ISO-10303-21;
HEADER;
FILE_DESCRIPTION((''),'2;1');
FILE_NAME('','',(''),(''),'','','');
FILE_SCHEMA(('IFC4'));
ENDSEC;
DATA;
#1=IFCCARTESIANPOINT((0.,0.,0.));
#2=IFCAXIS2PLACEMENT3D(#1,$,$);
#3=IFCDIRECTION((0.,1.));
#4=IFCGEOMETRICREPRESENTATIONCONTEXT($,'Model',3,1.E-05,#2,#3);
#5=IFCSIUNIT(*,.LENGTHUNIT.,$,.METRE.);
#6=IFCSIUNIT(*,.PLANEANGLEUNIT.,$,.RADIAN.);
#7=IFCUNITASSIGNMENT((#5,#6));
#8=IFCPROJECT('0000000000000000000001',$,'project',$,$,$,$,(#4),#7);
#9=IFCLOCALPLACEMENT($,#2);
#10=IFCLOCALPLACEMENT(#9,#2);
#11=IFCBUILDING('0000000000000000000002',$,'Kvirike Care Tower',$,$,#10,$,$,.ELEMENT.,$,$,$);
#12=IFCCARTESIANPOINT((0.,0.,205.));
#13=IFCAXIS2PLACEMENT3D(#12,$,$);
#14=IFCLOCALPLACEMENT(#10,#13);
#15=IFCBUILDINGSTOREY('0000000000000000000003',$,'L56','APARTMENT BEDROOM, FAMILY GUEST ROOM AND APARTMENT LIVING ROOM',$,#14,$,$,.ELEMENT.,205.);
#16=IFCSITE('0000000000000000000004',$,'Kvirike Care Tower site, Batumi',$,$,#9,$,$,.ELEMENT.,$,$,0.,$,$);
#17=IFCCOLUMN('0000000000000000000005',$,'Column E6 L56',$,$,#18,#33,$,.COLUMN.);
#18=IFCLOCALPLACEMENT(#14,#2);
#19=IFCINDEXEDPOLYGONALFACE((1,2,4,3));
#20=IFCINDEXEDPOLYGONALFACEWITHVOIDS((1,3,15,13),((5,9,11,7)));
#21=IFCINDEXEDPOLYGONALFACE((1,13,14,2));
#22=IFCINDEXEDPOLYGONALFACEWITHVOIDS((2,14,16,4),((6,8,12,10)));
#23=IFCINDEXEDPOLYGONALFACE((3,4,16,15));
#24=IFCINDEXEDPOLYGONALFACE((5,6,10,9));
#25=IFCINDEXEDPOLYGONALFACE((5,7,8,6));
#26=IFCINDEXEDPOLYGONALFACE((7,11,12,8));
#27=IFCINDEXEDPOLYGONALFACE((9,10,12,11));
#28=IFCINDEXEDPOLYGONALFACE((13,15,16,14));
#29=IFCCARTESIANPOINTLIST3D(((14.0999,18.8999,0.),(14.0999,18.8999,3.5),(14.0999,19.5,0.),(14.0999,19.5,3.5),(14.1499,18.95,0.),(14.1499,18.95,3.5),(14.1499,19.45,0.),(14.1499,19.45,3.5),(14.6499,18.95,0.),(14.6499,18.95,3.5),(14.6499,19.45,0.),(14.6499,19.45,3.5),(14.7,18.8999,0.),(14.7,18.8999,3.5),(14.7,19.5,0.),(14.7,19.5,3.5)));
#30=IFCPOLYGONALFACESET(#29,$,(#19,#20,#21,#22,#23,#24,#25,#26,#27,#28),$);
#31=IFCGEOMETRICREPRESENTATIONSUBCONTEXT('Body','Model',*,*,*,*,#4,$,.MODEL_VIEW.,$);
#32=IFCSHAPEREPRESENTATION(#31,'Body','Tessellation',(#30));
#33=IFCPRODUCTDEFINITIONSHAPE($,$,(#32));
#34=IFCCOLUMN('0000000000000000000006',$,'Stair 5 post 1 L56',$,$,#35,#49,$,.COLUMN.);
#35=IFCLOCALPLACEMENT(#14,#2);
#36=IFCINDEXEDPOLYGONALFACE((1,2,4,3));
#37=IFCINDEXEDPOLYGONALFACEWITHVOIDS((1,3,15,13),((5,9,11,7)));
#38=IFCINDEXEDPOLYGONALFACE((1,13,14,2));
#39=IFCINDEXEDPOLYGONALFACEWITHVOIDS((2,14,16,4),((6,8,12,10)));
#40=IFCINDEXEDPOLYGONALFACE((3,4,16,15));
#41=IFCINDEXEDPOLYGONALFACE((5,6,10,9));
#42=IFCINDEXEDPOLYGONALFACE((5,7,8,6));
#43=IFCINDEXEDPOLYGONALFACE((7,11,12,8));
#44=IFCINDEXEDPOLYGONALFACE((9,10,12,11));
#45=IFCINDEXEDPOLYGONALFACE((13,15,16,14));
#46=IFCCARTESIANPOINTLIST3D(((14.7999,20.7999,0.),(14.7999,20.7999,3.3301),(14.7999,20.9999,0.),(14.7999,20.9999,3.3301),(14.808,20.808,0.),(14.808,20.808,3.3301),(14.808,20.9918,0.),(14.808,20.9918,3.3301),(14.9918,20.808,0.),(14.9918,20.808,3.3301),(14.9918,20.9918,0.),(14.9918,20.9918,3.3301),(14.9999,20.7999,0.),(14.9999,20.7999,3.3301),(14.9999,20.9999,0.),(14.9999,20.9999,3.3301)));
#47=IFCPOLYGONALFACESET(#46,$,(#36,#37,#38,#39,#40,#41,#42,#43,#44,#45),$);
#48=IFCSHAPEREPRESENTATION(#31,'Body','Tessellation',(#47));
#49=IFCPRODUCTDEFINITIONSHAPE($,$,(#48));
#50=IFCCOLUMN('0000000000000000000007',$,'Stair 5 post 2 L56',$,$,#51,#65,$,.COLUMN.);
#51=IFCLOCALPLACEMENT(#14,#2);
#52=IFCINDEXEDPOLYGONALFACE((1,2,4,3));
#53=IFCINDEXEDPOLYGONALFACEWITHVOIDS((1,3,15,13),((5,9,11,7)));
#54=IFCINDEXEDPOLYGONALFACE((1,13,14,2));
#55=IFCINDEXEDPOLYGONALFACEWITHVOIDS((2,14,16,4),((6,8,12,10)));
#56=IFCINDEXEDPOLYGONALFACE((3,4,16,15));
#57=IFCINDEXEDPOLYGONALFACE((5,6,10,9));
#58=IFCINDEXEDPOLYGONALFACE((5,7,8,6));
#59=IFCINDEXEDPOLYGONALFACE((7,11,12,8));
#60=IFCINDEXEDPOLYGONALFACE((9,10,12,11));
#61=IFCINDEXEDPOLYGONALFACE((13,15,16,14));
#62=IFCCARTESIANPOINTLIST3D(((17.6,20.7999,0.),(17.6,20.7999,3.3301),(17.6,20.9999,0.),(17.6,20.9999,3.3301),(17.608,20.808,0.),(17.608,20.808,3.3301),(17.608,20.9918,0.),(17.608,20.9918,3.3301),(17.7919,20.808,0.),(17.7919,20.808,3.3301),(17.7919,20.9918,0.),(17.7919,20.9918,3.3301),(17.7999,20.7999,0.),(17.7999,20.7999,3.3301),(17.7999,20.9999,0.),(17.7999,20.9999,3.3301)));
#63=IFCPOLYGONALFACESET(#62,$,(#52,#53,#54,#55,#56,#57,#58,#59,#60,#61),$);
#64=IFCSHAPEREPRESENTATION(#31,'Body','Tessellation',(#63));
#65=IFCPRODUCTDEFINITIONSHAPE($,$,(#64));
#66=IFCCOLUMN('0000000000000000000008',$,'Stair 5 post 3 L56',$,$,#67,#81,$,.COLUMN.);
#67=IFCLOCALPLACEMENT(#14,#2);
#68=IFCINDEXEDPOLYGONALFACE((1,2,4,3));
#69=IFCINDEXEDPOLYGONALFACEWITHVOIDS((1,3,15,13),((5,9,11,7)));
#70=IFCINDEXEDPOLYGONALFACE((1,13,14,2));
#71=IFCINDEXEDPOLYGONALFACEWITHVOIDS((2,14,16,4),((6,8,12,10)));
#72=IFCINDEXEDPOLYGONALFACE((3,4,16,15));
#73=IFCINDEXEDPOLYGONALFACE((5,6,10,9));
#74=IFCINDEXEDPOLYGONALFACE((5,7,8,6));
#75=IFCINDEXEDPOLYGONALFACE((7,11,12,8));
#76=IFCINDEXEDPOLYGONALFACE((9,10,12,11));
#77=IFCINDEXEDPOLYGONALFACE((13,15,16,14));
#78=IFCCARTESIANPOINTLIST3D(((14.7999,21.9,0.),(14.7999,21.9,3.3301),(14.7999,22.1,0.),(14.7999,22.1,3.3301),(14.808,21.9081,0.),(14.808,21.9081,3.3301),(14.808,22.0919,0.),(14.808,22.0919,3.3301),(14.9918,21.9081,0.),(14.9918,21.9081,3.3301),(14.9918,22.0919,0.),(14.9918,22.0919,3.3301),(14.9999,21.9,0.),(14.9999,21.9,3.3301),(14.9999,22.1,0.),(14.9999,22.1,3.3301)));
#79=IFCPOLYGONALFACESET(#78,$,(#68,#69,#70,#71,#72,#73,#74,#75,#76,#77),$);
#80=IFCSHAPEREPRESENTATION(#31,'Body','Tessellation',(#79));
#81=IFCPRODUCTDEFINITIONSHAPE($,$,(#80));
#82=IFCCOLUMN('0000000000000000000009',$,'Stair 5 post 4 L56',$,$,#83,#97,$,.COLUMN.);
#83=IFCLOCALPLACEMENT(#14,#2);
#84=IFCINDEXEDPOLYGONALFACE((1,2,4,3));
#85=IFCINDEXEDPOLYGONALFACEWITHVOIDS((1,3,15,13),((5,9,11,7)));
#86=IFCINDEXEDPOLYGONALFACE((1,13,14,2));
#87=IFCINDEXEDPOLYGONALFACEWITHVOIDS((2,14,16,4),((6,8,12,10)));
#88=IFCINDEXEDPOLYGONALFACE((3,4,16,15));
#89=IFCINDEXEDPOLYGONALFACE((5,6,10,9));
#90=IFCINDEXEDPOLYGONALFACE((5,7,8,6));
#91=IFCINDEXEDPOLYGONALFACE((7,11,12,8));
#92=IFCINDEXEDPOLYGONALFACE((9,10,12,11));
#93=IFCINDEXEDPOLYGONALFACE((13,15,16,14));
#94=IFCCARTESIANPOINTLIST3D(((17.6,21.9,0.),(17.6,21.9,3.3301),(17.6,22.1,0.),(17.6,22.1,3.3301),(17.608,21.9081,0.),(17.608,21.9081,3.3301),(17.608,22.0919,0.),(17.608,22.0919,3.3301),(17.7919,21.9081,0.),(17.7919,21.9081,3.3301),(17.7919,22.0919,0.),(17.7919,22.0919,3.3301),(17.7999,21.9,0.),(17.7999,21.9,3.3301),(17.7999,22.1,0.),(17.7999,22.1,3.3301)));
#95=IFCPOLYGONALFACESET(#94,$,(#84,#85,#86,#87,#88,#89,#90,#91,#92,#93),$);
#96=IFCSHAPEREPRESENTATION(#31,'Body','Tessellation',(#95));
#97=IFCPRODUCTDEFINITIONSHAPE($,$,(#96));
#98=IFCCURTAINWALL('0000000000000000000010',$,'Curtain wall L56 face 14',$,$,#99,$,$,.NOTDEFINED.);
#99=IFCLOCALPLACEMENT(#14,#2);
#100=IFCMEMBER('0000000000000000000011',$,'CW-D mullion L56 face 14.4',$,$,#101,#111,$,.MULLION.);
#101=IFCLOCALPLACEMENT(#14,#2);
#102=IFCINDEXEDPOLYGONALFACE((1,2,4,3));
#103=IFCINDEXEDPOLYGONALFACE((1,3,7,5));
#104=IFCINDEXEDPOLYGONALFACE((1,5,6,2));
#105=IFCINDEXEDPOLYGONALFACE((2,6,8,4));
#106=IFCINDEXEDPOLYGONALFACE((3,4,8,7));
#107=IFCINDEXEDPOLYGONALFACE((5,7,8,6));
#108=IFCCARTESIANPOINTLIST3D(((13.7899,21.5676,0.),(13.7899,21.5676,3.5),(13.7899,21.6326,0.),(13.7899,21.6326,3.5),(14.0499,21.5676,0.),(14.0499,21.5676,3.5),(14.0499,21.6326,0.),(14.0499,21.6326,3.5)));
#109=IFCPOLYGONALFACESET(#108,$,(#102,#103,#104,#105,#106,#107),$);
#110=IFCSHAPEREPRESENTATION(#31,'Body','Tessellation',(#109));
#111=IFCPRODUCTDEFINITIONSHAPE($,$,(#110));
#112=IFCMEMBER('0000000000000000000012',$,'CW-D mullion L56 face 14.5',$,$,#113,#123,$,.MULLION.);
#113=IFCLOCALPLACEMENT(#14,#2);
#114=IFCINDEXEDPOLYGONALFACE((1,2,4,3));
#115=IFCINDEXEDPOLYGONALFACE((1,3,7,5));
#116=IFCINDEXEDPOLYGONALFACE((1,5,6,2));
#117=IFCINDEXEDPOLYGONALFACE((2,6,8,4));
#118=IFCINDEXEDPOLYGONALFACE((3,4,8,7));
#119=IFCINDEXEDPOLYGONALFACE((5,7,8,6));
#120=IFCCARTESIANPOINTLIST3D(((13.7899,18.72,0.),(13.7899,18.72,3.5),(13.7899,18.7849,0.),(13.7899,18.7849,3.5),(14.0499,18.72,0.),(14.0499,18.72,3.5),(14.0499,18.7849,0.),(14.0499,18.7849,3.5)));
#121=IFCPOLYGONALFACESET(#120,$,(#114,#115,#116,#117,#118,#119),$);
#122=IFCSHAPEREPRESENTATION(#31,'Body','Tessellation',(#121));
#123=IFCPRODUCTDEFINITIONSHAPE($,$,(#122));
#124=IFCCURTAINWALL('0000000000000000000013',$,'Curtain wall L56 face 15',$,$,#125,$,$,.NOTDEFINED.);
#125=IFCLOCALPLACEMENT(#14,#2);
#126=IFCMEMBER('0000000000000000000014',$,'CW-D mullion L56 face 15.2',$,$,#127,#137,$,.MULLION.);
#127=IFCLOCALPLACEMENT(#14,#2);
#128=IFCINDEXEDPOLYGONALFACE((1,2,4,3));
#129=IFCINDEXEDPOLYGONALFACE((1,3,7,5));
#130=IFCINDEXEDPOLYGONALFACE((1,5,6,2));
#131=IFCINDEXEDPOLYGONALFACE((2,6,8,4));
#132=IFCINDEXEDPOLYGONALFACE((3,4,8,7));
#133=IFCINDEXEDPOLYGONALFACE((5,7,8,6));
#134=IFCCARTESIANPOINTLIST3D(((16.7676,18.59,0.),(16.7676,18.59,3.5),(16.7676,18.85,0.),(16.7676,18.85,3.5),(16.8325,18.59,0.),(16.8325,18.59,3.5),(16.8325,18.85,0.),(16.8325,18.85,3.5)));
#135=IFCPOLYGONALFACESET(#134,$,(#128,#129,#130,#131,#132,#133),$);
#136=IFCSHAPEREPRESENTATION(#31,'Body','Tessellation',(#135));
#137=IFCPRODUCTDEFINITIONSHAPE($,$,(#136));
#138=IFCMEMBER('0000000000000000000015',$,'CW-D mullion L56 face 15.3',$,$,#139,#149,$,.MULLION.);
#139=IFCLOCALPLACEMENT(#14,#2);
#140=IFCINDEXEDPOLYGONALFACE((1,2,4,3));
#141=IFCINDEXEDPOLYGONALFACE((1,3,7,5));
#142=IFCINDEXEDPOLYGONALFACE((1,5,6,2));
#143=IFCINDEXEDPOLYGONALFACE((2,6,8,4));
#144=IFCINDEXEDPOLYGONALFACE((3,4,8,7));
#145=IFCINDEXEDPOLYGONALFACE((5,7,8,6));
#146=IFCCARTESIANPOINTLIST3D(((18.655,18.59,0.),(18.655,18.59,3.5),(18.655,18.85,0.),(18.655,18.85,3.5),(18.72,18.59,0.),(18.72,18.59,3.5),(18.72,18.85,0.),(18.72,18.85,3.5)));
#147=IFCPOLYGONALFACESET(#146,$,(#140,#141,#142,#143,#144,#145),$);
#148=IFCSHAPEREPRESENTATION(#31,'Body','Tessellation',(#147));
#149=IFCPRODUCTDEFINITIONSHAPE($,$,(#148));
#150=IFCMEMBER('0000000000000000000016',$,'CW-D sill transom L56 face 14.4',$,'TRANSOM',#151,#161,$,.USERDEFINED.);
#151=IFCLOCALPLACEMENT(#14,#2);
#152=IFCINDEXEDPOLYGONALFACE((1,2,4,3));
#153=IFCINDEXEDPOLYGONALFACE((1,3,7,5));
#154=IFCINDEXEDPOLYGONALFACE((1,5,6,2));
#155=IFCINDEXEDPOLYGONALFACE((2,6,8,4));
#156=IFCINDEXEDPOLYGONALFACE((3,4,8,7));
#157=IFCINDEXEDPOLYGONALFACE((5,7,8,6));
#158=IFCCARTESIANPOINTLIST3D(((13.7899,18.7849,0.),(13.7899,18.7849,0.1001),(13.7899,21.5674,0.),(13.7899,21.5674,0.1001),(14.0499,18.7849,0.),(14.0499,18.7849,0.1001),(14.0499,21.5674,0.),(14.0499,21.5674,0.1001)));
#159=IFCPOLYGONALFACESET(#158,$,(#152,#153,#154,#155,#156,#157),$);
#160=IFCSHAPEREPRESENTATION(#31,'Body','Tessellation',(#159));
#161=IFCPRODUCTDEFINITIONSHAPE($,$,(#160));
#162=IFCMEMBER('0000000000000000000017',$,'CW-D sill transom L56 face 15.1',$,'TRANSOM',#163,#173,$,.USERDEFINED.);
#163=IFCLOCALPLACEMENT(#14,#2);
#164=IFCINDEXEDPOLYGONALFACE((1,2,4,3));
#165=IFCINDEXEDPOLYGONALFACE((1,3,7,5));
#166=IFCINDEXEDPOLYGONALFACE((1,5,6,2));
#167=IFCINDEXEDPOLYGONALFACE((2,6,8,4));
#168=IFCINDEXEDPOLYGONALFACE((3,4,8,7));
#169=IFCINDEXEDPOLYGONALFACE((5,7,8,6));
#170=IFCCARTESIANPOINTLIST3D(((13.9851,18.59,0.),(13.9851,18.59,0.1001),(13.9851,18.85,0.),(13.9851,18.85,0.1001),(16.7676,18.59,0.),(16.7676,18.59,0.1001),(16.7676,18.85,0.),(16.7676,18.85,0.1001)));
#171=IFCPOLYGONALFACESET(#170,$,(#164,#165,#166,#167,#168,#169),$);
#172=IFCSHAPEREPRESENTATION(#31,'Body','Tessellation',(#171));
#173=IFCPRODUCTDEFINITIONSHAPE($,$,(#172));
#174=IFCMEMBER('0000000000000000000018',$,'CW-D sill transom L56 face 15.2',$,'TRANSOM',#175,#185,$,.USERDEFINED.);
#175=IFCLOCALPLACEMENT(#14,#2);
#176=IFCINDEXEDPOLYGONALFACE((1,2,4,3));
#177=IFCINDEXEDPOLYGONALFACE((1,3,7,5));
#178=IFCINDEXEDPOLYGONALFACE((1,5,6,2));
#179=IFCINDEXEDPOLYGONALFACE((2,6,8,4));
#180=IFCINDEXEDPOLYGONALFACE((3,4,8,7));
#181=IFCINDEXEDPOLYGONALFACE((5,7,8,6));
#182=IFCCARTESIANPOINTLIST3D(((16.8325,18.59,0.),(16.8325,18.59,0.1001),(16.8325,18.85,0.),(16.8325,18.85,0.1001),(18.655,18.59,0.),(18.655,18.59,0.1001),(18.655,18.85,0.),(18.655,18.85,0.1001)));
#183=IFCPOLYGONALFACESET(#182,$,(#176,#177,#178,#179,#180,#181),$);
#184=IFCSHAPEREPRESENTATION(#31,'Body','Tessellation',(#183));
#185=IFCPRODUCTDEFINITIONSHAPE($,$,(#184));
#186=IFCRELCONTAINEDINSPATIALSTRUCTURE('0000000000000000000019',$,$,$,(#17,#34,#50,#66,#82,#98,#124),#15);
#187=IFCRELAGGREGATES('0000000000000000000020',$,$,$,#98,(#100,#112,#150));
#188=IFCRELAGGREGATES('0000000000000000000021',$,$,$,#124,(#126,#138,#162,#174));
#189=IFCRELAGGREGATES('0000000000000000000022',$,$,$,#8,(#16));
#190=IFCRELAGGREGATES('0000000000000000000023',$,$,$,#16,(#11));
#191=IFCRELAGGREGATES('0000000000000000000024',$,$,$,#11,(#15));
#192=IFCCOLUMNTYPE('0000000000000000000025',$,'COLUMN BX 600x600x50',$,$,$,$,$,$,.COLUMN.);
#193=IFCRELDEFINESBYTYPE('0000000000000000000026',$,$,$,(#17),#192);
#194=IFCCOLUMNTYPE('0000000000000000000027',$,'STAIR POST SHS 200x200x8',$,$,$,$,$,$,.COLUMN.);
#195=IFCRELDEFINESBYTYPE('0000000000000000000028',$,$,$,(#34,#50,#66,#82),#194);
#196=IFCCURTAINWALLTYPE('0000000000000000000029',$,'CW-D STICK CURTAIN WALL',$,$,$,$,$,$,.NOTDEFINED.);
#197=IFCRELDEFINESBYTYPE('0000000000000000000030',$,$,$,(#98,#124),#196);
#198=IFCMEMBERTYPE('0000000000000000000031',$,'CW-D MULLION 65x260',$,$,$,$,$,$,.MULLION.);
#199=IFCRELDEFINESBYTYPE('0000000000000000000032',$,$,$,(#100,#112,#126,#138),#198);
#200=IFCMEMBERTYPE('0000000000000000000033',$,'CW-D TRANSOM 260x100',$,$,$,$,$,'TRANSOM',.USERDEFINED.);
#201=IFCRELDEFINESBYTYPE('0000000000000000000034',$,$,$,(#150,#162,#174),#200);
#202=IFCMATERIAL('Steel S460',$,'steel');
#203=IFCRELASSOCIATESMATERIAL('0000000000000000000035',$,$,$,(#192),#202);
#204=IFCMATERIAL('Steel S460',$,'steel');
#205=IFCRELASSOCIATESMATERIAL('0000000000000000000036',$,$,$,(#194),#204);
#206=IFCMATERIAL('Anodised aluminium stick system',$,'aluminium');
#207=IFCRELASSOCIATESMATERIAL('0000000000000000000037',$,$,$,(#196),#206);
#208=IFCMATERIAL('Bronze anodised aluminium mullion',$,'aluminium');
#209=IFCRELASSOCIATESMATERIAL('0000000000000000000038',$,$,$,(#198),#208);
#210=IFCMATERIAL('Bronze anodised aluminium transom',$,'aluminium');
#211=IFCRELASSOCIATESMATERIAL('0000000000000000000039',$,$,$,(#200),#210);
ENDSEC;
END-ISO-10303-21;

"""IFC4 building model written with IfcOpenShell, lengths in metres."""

from ifc_helpers import new_model, si_unit, direction, frame, origin, origin_2d, place, context, subcontext, project, spatial, rectangle, hollow_rectangle, extrude, material, material_profile, profile_set, type_object, element, aggregate, save


model = new_model("IFC4")

# Units and contexts
model_context = context("Model", 3, precision=1e-05, world=origin(), true_north=direction((0.0, 1.0)))
body_context = subcontext(model_context, "Body", "Model", "MODEL_VIEW")
ifc_project = project(units=[si_unit("LENGTHUNIT", "METRE"), si_unit("PLANEANGLEUNIT", "RADIAN")], contexts=[model_context])

# Site, building, storey
site_placement = place(None, origin())
site = spatial("IfcSite", under=ifc_project, at=site_placement, Name="Kvirike Care Tower site, Batumi", CompositionType="ELEMENT", RefElevation=0.0)
building_placement = place(site_placement, origin())
building = spatial("IfcBuilding", under=site, at=building_placement, Name="Kvirike Care Tower", CompositionType="ELEMENT")
storey_placement = place(building_placement, frame((0.0, 0.0, 205.0)))
storey = spatial("IfcBuildingStorey", under=building, at=storey_placement, Name="L56", Description="APARTMENT BEDROOM, FAMILY GUEST ROOM AND APARTMENT LIVING ROOM", CompositionType="ELEMENT", Elevation=205.0)

# Columns
ifc_material_1 = material(Name="Steel S460", Category="steel")
ifc_material_profile_1 = material_profile(ifc_material_1, hollow_rectangle(XDim=0.6001, YDim=0.6001, WallThickness=0.05, at=origin_2d()), Name="BX 600x600x50")
ifc_profile_set_1 = profile_set([ifc_material_profile_1], Name="Steel S460")
column_type_1 = type_object("IfcColumnType", Name="COLUMN BX 600x600x50", PredefinedType="COLUMN", material=ifc_profile_set_1)
column_placement = place(storey_placement, frame((14.3999, 19.2, 0.0), z_axis=(0.0, 0.0, 1.0), x_axis=(0.0, 1.0, 0.0)))
element("IfcColumn", 1, at=column_placement, inside=storey, type_object=column_type_1, Name="Column E6 L56", PredefinedType="COLUMN", context=body_context, shape_type="SweptSolid", body=[
    extrude(hollow_rectangle(XDim=0.6001, YDim=0.6001, WallThickness=0.05, at=origin_2d()), origin(), (0.0, 0.0, 1.0), 3.5),
])
ifc_material_2 = material(Name="Steel S460", Category="steel")
ifc_material_profile_2 = material_profile(ifc_material_2, hollow_rectangle(XDim=0.2, YDim=0.2, WallThickness=0.0081, at=origin_2d()), Name="SHS 200x200x8")
ifc_profile_set_2 = profile_set([ifc_material_profile_2], Name="Steel S460")
column_type_2 = type_object("IfcColumnType", Name="STAIR POST SHS 200x200x8", PredefinedType="COLUMN", material=ifc_profile_set_2)
for number, where, z_axis, x_axis, name in (
    (2, (14.8999, 20.8999, 0.0), (0.0, 0.0, 1.0), (1.0, 0.0, 0.0), "Stair 5 post 1 L56"),
    (3, (17.7, 20.8999, 0.0), (0.0, 0.0, 1.0), (1.0, 0.0, 0.0), "Stair 5 post 2 L56"),
    (4, (14.8999, 22.0, 0.0), (0.0, 0.0, 1.0), (1.0, 0.0, 0.0), "Stair 5 post 3 L56"),
    (5, (17.7, 22.0, 0.0), (0.0, 0.0, 1.0), (1.0, 0.0, 0.0), "Stair 5 post 4 L56"),
):
    element("IfcColumn", number, at=place(storey_placement, frame(where, z_axis=z_axis, x_axis=x_axis)), inside=storey, type_object=column_type_2, Name=name, PredefinedType="COLUMN", context=body_context, shape_type="SweptSolid", body=[
        extrude(hollow_rectangle(XDim=0.2, YDim=0.2, WallThickness=0.0081, at=origin_2d()), origin(), (0.0, 0.0, 1.0), 3.3301),
    ])

# Curtain walls, members
ifc_material_3 = material(Name="Anodised aluminium stick system", Category="aluminium")
curtain_wall_type = type_object("IfcCurtainWallType", Name="CW-D STICK CURTAIN WALL", PredefinedType="NOTDEFINED", material=ifc_material_3)
curtain_wall_1_placement = place(storey_placement, origin())
curtain_wall_1 = element("IfcCurtainWall", 6, at=curtain_wall_1_placement, inside=storey, type_object=curtain_wall_type, Name="Curtain wall L56 face 14", PredefinedType="NOTDEFINED")
ifc_material_4 = material(Name="Bronze anodised aluminium mullion", Category="aluminium")
ifc_material_profile_3 = material_profile(ifc_material_4, rectangle(XDim=0.0649, YDim=0.26, at=origin_2d()), Name="CW-D MULLION 65x260")
ifc_profile_set_3 = profile_set([ifc_material_profile_3], Name="Bronze anodised aluminium mullion")
member_type_1 = type_object("IfcMemberType", Name="CW-D MULLION 65x260", PredefinedType="MULLION", material=ifc_profile_set_3)
member_1_placement = place(storey_placement, frame((13.9199, 21.6001, 0.0), z_axis=(0.0, 0.0, 1.0), x_axis=(0.0, -1.0, 0.0)))
member_1 = element("IfcMember", 7, at=member_1_placement, type_object=member_type_1, Name="CW-D mullion L56 face 14.4", PredefinedType="MULLION", context=body_context, shape_type="SweptSolid", body=[
    extrude(rectangle(XDim=0.0649, YDim=0.26, at=origin_2d()), origin(), (0.0, 0.0, 1.0), 3.5),
])
member_2_placement = place(storey_placement, frame((13.9199, 18.7524, 0.0), z_axis=(0.0, 0.0, 1.0), x_axis=(0.0, -1.0, 0.0)))
member_2 = element("IfcMember", 8, at=member_2_placement, type_object=member_type_1, Name="CW-D mullion L56 face 14.5", PredefinedType="MULLION", context=body_context, shape_type="SweptSolid", body=[
    extrude(rectangle(XDim=0.0649, YDim=0.26, at=origin_2d()), origin(), (0.0, 0.0, 1.0), 3.5),
])
curtain_wall_2_placement = place(storey_placement, origin())
curtain_wall_2 = element("IfcCurtainWall", 9, at=curtain_wall_2_placement, inside=storey, type_object=curtain_wall_type, Name="Curtain wall L56 face 15", PredefinedType="NOTDEFINED")
member_3_placement = place(storey_placement, frame((16.8, 18.72, 0.0), z_axis=(0.0, 0.0, 1.0), x_axis=(1.0, 0.0, 0.0)))
member_3 = element("IfcMember", 10, at=member_3_placement, type_object=member_type_1, Name="CW-D mullion L56 face 15.2", PredefinedType="MULLION", context=body_context, shape_type="SweptSolid", body=[
    extrude(rectangle(XDim=0.0649, YDim=0.26, at=origin_2d()), origin(), (0.0, 0.0, 1.0), 3.5),
])
member_4_placement = place(storey_placement, frame((18.6875, 18.72, 0.0), z_axis=(0.0, 0.0, 1.0), x_axis=(1.0, 0.0, 0.0)))
member_4 = element("IfcMember", 11, at=member_4_placement, type_object=member_type_1, Name="CW-D mullion L56 face 15.3", PredefinedType="MULLION", context=body_context, shape_type="SweptSolid", body=[
    extrude(rectangle(XDim=0.0649, YDim=0.26, at=origin_2d()), origin(), (0.0, 0.0, 1.0), 3.5),
])

# Members
ifc_material_5 = material(Name="Bronze anodised aluminium transom", Category="aluminium")
ifc_material_profile_4 = material_profile(ifc_material_5, rectangle(XDim=0.26, YDim=0.1001, at=origin_2d()), Name="CW-D TRANSOM 260x100")
ifc_profile_set_4 = profile_set([ifc_material_profile_4], Name="Bronze anodised aluminium transom")
member_type_2 = type_object("IfcMemberType", Name="CW-D TRANSOM 260x100", ElementType="TRANSOM", PredefinedType="USERDEFINED", material=ifc_profile_set_4)
member_5_placement = place(storey_placement, frame((13.9199, 21.5674, 0.05), z_axis=(0.0, -1.0, 0.0), x_axis=(1.0, 0.0, 0.0)))
member_5 = element("IfcMember", 12, at=member_5_placement, type_object=member_type_2, Name="CW-D sill transom L56 face 14.4", ObjectType="TRANSOM", PredefinedType="USERDEFINED", context=body_context, shape_type="SweptSolid", body=[
    extrude(rectangle(XDim=0.26, YDim=0.1001, at=origin_2d()), origin(), (0.0, 0.0, 1.0), 2.7825),
])
member_6_placement = place(storey_placement, frame((13.9851, 18.72, 0.05), z_axis=(1.0, 0.0, 0.0), x_axis=(0.0, 1.0, 0.0)))
member_6 = element("IfcMember", 13, at=member_6_placement, type_object=member_type_2, Name="CW-D sill transom L56 face 15.1", ObjectType="TRANSOM", PredefinedType="USERDEFINED", context=body_context, shape_type="SweptSolid", body=[
    extrude(rectangle(XDim=0.26, YDim=0.1001, at=origin_2d()), origin(), (0.0, 0.0, 1.0), 2.7825),
])
member_7_placement = place(storey_placement, frame((16.8325, 18.72, 0.05), z_axis=(1.0, 0.0, 0.0), x_axis=(0.0, 1.0, 0.0)))
member_7 = element("IfcMember", 14, at=member_7_placement, type_object=member_type_2, Name="CW-D sill transom L56 face 15.2", ObjectType="TRANSOM", PredefinedType="USERDEFINED", context=body_context, shape_type="SweptSolid", body=[
    extrude(rectangle(XDim=0.26, YDim=0.1001, at=origin_2d()), origin(), (0.0, 0.0, 1.0), 1.8225),
])

aggregate(curtain_wall_1, [member_1, member_2, member_5])
aggregate(curtain_wall_2, [member_3, member_4, member_6, member_7])

save(model, "model.ifc")
